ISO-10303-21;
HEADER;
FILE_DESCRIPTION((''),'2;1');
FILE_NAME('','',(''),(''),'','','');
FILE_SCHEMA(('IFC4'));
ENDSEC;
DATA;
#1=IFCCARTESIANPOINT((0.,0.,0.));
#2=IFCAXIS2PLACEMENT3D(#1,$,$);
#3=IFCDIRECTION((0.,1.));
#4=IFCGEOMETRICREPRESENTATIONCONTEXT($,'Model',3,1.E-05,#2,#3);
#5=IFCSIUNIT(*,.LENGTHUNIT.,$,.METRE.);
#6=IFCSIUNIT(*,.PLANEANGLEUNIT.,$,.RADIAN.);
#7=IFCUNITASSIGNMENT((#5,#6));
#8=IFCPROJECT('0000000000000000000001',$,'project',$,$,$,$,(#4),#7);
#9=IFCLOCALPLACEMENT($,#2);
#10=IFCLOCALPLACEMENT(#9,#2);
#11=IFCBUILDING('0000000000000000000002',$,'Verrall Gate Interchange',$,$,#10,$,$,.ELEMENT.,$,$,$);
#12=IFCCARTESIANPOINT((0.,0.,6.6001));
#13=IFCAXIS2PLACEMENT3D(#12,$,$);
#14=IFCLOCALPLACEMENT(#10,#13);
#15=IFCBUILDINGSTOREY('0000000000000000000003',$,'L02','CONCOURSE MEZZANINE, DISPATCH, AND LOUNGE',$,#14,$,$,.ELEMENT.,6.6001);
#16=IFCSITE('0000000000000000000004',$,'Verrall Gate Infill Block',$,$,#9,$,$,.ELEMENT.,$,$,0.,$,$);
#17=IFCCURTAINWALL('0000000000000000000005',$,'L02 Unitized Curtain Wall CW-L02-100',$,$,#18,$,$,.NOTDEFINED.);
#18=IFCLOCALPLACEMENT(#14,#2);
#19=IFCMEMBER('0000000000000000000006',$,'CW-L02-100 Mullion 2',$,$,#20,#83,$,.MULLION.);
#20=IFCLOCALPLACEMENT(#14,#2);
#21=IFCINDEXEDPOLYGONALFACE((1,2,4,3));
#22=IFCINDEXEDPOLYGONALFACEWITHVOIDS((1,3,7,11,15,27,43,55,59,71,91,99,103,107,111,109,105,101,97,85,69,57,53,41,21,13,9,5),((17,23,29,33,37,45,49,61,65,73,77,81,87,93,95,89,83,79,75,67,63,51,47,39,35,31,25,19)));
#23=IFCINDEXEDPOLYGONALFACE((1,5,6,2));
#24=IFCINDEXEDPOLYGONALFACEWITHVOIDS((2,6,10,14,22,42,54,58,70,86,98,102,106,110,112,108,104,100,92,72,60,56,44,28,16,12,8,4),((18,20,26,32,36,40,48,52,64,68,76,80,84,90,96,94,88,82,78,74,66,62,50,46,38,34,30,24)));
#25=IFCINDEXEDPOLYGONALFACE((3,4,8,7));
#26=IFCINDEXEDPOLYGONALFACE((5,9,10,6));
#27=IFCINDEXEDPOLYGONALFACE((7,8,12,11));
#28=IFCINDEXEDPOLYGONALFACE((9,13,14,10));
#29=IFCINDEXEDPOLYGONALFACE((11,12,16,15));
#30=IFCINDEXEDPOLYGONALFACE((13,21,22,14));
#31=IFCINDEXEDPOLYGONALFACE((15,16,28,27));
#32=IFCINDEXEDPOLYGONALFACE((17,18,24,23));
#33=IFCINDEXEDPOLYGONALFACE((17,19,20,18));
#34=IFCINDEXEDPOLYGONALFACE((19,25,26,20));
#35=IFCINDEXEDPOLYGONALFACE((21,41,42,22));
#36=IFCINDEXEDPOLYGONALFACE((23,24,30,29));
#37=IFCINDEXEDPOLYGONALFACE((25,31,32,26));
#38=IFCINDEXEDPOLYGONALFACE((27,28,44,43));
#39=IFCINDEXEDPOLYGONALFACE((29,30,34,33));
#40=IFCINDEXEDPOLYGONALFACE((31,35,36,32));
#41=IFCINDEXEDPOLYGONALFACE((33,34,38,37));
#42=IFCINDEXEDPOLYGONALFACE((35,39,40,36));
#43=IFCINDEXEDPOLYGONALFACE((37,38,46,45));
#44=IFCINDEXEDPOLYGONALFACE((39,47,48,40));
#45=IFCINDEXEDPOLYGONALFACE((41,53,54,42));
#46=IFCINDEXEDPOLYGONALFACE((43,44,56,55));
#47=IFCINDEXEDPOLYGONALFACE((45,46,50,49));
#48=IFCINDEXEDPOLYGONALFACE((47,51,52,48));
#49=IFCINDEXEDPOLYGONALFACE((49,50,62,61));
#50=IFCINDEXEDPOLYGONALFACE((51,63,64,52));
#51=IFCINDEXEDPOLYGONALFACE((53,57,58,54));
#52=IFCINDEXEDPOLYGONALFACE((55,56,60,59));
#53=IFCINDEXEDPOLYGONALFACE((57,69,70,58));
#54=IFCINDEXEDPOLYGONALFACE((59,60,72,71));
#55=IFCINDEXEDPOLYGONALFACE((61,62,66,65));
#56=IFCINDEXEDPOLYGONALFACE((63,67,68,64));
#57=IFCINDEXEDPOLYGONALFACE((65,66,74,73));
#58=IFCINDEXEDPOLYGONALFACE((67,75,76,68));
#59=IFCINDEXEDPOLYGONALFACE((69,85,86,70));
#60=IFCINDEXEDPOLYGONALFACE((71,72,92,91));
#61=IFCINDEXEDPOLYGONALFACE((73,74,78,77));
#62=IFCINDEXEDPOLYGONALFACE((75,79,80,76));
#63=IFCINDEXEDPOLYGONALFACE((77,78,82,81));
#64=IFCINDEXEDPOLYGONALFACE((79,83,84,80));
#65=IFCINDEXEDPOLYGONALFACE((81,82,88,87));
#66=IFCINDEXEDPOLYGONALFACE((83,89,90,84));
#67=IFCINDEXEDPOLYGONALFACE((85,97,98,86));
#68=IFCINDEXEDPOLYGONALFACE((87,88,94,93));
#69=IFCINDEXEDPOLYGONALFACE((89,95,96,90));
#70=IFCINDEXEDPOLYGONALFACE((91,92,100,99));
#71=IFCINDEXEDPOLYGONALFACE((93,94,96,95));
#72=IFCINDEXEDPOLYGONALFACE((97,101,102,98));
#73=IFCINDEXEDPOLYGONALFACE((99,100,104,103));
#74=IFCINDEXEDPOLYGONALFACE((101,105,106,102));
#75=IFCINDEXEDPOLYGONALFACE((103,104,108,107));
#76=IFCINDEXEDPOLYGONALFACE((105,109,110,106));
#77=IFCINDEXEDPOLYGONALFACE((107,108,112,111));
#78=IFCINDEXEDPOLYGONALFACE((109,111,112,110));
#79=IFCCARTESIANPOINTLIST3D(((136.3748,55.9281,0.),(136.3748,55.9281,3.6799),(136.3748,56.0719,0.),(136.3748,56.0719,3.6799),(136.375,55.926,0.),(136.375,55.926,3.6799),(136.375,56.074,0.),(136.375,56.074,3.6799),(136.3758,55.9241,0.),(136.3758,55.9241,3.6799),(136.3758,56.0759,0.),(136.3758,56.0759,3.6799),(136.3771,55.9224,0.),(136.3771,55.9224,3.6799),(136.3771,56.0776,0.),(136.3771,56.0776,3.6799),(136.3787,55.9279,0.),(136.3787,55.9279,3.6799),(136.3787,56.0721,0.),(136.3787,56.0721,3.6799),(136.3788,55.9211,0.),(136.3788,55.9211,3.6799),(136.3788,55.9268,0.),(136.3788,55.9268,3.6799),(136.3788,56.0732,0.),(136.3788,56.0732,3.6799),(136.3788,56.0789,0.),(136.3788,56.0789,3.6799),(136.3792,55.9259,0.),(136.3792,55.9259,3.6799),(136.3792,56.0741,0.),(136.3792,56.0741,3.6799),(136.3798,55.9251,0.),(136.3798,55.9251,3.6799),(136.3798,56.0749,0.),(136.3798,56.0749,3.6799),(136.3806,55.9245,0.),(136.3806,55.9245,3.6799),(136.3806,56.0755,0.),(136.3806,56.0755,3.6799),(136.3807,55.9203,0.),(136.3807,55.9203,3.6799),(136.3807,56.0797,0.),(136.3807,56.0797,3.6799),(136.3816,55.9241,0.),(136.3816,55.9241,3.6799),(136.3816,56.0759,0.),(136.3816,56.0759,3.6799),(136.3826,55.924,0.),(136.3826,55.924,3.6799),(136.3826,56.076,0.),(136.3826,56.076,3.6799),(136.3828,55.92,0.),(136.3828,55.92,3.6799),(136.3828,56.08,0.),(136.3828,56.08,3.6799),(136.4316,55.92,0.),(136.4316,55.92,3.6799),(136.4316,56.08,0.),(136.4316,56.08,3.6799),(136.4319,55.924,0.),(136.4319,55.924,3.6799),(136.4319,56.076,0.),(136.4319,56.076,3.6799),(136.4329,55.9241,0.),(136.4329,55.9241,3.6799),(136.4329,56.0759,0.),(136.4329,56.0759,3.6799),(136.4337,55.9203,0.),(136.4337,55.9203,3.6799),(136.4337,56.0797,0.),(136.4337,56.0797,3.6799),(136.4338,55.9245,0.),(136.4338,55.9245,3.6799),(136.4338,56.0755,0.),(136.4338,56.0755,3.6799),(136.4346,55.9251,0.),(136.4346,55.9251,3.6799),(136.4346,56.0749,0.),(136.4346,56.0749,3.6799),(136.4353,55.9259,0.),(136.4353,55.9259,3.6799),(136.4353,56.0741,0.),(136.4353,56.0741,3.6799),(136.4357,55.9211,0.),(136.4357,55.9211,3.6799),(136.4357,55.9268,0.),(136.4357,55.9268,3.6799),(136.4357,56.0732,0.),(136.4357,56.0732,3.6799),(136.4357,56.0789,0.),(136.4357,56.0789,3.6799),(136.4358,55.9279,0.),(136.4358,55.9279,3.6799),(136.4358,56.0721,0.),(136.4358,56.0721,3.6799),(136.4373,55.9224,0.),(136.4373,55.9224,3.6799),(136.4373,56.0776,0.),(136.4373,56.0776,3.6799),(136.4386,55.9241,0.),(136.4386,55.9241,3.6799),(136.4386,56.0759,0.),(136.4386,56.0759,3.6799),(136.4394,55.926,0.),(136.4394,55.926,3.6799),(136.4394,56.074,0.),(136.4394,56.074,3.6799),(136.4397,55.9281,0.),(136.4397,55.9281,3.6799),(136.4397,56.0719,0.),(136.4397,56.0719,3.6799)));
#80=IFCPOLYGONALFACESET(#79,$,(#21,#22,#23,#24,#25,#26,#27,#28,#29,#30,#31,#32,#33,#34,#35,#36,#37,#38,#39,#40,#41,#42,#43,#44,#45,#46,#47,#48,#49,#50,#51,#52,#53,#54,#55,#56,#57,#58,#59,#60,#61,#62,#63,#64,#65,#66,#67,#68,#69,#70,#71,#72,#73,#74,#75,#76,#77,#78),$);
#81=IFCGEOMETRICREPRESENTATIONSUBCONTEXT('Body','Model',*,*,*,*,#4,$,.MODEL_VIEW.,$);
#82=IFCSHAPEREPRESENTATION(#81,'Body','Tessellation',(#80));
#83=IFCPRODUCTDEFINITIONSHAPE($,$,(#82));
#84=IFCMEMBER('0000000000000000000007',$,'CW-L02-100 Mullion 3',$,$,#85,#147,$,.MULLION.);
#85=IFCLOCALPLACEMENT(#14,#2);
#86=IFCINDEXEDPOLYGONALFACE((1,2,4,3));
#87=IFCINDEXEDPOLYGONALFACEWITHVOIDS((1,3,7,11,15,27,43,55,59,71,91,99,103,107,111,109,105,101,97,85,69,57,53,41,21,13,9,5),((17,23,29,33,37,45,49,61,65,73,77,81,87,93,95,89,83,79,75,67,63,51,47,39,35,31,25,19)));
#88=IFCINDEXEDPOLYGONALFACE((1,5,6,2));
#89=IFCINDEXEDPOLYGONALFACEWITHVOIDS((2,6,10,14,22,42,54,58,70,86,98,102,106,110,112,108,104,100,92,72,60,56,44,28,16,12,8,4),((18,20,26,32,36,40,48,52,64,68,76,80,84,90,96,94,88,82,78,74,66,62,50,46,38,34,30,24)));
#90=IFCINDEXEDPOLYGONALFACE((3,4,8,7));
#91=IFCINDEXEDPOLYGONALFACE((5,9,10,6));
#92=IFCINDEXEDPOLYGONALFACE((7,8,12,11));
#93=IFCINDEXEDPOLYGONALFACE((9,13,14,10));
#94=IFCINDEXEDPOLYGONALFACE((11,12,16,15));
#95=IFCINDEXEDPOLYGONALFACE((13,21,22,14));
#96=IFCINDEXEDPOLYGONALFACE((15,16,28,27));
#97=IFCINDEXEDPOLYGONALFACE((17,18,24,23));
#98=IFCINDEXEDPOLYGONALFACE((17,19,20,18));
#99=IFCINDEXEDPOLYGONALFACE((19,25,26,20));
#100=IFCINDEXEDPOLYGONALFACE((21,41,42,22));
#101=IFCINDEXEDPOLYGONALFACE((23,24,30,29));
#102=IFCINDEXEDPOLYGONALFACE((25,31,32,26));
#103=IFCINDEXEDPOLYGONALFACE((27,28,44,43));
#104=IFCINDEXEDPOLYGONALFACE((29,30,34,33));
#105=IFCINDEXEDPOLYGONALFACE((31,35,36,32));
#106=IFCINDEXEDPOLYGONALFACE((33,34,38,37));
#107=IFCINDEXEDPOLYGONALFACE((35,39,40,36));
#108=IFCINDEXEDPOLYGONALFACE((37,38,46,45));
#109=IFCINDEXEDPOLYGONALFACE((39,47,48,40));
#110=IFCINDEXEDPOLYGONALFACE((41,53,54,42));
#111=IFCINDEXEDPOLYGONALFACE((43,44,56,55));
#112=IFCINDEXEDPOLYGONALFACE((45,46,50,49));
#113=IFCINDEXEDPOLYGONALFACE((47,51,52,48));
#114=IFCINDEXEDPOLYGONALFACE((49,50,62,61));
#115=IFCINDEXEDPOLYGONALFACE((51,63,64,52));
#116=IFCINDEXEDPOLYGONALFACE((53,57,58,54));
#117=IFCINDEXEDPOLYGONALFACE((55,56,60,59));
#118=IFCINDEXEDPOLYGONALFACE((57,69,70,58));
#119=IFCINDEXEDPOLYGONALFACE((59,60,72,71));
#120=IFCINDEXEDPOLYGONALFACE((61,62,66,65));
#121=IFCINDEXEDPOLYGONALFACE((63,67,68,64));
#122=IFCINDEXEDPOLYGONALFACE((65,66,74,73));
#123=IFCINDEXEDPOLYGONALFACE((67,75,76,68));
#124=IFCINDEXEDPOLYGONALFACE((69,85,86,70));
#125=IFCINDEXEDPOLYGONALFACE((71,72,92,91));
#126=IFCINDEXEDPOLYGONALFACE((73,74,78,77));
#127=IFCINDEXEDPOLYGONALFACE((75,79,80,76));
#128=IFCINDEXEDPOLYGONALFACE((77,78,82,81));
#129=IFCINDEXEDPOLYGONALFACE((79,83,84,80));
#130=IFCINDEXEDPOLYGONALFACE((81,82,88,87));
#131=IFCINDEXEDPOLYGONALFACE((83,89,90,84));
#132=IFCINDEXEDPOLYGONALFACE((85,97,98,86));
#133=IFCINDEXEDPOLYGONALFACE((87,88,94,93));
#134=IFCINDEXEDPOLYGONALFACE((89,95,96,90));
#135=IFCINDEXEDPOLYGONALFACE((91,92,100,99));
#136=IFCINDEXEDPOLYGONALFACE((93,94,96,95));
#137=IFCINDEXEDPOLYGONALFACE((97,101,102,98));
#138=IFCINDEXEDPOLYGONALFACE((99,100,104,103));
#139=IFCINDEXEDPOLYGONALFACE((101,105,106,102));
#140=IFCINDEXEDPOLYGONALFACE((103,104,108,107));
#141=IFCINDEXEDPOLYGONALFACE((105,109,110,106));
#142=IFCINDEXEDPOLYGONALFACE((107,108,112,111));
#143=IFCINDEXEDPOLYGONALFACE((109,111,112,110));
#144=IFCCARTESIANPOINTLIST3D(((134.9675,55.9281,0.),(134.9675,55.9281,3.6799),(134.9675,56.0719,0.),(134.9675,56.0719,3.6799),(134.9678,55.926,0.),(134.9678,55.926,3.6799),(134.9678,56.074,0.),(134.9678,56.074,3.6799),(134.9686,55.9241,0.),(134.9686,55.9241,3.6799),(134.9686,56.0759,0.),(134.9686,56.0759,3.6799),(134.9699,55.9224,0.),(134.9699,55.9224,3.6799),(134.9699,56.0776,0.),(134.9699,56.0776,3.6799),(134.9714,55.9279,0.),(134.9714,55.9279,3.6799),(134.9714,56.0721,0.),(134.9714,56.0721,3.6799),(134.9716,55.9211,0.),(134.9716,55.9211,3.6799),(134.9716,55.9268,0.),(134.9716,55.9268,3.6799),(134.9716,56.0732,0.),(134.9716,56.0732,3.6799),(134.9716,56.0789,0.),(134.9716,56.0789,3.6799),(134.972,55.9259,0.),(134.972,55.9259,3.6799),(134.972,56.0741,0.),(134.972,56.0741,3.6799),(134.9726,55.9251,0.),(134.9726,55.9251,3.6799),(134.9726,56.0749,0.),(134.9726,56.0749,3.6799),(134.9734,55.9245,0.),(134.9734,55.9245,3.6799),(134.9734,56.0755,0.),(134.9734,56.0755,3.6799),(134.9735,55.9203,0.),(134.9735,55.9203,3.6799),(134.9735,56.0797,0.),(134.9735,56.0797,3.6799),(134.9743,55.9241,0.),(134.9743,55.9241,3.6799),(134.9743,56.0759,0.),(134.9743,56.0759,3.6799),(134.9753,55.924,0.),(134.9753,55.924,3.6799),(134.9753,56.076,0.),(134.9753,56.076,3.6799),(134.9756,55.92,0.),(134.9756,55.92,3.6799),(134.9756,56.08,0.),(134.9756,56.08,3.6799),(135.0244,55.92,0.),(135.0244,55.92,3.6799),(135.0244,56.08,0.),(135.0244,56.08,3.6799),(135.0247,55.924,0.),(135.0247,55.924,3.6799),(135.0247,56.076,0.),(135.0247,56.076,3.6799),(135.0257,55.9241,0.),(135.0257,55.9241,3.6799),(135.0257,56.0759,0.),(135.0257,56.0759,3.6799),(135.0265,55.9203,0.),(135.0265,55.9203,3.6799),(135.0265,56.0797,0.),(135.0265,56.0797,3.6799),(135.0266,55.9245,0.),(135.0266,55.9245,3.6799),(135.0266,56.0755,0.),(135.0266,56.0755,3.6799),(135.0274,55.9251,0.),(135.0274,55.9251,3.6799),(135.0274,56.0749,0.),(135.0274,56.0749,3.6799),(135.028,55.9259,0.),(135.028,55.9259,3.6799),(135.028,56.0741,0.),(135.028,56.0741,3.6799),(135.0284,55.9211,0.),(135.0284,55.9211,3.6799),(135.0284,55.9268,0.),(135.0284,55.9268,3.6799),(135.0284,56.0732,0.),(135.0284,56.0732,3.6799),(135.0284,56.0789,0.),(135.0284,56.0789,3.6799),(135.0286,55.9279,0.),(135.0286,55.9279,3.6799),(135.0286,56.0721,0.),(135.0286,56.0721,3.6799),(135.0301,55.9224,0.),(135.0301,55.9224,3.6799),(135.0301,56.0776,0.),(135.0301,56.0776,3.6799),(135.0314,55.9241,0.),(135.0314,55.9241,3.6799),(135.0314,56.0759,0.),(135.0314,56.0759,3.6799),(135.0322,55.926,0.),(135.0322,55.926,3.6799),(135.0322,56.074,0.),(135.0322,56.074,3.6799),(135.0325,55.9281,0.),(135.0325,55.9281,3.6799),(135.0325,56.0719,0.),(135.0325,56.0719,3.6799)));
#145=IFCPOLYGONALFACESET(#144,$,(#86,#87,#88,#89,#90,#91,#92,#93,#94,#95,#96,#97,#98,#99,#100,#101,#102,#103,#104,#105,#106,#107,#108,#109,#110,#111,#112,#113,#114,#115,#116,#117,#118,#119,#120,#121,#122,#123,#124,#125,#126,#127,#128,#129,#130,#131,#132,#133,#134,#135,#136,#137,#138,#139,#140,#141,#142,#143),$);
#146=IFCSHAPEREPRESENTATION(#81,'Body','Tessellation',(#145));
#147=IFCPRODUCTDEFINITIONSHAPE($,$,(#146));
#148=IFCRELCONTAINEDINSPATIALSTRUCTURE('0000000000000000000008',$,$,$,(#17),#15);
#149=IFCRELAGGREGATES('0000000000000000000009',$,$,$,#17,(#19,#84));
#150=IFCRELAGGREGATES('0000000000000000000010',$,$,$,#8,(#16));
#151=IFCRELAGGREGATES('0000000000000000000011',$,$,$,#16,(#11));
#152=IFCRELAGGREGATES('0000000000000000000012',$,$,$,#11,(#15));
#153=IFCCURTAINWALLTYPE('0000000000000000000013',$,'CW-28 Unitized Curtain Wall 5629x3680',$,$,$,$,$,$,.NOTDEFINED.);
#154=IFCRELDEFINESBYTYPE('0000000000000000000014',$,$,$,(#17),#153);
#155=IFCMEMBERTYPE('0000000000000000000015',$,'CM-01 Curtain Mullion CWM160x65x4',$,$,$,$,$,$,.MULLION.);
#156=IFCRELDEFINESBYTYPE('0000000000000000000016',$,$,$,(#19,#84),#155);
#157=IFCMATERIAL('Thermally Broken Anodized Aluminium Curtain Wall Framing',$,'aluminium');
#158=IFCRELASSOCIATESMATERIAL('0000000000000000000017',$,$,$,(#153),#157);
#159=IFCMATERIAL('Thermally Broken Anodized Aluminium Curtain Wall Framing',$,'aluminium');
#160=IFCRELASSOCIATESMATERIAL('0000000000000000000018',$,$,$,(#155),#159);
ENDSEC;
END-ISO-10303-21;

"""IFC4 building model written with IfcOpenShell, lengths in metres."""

from ifc_helpers import new_model, si_unit, direction, frame, origin, origin_2d, place, context, subcontext, project, spatial, hollow_rectangle, extrude, material, material_profile, profile_set, type_object, element, aggregate, save


model = new_model("IFC4")

# Units and contexts
model_context = context("Model", 3, precision=1e-05, world=origin(), true_north=direction((0.0, 1.0)))
body_context = subcontext(model_context, "Body", "Model", "MODEL_VIEW")
ifc_project = project(units=[si_unit("LENGTHUNIT", "METRE"), si_unit("PLANEANGLEUNIT", "RADIAN")], contexts=[model_context])

# Site, building, storey
site_placement = place(None, origin())
site = spatial("IfcSite", under=ifc_project, at=site_placement, Name="Verrall Gate Infill Block", CompositionType="ELEMENT", RefElevation=0.0)
building_placement = place(site_placement, origin())
building = spatial("IfcBuilding", under=site, at=building_placement, Name="Verrall Gate Interchange", CompositionType="ELEMENT")
storey_placement = place(building_placement, frame((0.0, 0.0, 6.6001)))
storey = spatial("IfcBuildingStorey", under=building, at=storey_placement, Name="L02", Description="CONCOURSE MEZZANINE, DISPATCH, AND LOUNGE", CompositionType="ELEMENT", Elevation=6.6001)

# Curtain wall, members
ifc_material_1 = material(Name="Thermally Broken Anodized Aluminium Curtain Wall Framing", Category="aluminium")
curtain_wall_type = type_object("IfcCurtainWallType", Name="CW-28 Unitized Curtain Wall 5629x3680", PredefinedType="NOTDEFINED", material=ifc_material_1)
curtain_wall_1_placement = place(storey_placement, origin())
curtain_wall_1 = element("IfcCurtainWall", 1, at=curtain_wall_1_placement, inside=storey, type_object=curtain_wall_type, Name="L02 Unitized Curtain Wall CW-L02-100", PredefinedType="NOTDEFINED")
ifc_material_2 = material(Name="Thermally Broken Anodized Aluminium Curtain Wall Framing", Category="aluminium")
ifc_material_profile_1 = material_profile(ifc_material_2, hollow_rectangle(XDim=0.0649, YDim=0.1599, WallThickness=0.0039, InnerFilletRadius=0.0039, OuterFilletRadius=0.0081, at=origin_2d()), Name="CWM160x65x4")
ifc_profile_set_1 = profile_set([ifc_material_profile_1], Name="Thermally Broken Anodized Aluminium Curtain Wall Framing")
member_type_1 = type_object("IfcMemberType", Name="CM-01 Curtain Mullion CWM160x65x4", PredefinedType="MULLION", material=ifc_profile_set_1)
member_1_placement = place(storey_placement, frame((136.4072, 56.0, 0.0), z_axis=(0.0, 0.0, 1.0), x_axis=(-1.0, 0.0, 0.0)))
member_1 = element("IfcMember", 2, at=member_1_placement, type_object=member_type_1, Name="CW-L02-100 Mullion 2", PredefinedType="MULLION", context=body_context, shape_type="SweptSolid", body=[
    extrude(hollow_rectangle(XDim=0.0649, YDim=0.1599, WallThickness=0.0039, InnerFilletRadius=0.0039, OuterFilletRadius=0.0081, at=origin_2d()), origin(), (0.0, 0.0, 1.0), 3.6799),
])
member_2_placement = place(storey_placement, frame((135.0, 56.0, 0.0), z_axis=(0.0, 0.0, 1.0), x_axis=(-1.0, 0.0, 0.0)))
member_2 = element("IfcMember", 3, at=member_2_placement, type_object=member_type_1, Name="CW-L02-100 Mullion 3", PredefinedType="MULLION", context=body_context, shape_type="SweptSolid", body=[
    extrude(hollow_rectangle(XDim=0.0649, YDim=0.1599, WallThickness=0.0039, InnerFilletRadius=0.0039, OuterFilletRadius=0.0081, at=origin_2d()), origin(), (0.0, 0.0, 1.0), 3.6799),
])

aggregate(curtain_wall_1, [member_1, member_2])

save(model, "model.ifc")
